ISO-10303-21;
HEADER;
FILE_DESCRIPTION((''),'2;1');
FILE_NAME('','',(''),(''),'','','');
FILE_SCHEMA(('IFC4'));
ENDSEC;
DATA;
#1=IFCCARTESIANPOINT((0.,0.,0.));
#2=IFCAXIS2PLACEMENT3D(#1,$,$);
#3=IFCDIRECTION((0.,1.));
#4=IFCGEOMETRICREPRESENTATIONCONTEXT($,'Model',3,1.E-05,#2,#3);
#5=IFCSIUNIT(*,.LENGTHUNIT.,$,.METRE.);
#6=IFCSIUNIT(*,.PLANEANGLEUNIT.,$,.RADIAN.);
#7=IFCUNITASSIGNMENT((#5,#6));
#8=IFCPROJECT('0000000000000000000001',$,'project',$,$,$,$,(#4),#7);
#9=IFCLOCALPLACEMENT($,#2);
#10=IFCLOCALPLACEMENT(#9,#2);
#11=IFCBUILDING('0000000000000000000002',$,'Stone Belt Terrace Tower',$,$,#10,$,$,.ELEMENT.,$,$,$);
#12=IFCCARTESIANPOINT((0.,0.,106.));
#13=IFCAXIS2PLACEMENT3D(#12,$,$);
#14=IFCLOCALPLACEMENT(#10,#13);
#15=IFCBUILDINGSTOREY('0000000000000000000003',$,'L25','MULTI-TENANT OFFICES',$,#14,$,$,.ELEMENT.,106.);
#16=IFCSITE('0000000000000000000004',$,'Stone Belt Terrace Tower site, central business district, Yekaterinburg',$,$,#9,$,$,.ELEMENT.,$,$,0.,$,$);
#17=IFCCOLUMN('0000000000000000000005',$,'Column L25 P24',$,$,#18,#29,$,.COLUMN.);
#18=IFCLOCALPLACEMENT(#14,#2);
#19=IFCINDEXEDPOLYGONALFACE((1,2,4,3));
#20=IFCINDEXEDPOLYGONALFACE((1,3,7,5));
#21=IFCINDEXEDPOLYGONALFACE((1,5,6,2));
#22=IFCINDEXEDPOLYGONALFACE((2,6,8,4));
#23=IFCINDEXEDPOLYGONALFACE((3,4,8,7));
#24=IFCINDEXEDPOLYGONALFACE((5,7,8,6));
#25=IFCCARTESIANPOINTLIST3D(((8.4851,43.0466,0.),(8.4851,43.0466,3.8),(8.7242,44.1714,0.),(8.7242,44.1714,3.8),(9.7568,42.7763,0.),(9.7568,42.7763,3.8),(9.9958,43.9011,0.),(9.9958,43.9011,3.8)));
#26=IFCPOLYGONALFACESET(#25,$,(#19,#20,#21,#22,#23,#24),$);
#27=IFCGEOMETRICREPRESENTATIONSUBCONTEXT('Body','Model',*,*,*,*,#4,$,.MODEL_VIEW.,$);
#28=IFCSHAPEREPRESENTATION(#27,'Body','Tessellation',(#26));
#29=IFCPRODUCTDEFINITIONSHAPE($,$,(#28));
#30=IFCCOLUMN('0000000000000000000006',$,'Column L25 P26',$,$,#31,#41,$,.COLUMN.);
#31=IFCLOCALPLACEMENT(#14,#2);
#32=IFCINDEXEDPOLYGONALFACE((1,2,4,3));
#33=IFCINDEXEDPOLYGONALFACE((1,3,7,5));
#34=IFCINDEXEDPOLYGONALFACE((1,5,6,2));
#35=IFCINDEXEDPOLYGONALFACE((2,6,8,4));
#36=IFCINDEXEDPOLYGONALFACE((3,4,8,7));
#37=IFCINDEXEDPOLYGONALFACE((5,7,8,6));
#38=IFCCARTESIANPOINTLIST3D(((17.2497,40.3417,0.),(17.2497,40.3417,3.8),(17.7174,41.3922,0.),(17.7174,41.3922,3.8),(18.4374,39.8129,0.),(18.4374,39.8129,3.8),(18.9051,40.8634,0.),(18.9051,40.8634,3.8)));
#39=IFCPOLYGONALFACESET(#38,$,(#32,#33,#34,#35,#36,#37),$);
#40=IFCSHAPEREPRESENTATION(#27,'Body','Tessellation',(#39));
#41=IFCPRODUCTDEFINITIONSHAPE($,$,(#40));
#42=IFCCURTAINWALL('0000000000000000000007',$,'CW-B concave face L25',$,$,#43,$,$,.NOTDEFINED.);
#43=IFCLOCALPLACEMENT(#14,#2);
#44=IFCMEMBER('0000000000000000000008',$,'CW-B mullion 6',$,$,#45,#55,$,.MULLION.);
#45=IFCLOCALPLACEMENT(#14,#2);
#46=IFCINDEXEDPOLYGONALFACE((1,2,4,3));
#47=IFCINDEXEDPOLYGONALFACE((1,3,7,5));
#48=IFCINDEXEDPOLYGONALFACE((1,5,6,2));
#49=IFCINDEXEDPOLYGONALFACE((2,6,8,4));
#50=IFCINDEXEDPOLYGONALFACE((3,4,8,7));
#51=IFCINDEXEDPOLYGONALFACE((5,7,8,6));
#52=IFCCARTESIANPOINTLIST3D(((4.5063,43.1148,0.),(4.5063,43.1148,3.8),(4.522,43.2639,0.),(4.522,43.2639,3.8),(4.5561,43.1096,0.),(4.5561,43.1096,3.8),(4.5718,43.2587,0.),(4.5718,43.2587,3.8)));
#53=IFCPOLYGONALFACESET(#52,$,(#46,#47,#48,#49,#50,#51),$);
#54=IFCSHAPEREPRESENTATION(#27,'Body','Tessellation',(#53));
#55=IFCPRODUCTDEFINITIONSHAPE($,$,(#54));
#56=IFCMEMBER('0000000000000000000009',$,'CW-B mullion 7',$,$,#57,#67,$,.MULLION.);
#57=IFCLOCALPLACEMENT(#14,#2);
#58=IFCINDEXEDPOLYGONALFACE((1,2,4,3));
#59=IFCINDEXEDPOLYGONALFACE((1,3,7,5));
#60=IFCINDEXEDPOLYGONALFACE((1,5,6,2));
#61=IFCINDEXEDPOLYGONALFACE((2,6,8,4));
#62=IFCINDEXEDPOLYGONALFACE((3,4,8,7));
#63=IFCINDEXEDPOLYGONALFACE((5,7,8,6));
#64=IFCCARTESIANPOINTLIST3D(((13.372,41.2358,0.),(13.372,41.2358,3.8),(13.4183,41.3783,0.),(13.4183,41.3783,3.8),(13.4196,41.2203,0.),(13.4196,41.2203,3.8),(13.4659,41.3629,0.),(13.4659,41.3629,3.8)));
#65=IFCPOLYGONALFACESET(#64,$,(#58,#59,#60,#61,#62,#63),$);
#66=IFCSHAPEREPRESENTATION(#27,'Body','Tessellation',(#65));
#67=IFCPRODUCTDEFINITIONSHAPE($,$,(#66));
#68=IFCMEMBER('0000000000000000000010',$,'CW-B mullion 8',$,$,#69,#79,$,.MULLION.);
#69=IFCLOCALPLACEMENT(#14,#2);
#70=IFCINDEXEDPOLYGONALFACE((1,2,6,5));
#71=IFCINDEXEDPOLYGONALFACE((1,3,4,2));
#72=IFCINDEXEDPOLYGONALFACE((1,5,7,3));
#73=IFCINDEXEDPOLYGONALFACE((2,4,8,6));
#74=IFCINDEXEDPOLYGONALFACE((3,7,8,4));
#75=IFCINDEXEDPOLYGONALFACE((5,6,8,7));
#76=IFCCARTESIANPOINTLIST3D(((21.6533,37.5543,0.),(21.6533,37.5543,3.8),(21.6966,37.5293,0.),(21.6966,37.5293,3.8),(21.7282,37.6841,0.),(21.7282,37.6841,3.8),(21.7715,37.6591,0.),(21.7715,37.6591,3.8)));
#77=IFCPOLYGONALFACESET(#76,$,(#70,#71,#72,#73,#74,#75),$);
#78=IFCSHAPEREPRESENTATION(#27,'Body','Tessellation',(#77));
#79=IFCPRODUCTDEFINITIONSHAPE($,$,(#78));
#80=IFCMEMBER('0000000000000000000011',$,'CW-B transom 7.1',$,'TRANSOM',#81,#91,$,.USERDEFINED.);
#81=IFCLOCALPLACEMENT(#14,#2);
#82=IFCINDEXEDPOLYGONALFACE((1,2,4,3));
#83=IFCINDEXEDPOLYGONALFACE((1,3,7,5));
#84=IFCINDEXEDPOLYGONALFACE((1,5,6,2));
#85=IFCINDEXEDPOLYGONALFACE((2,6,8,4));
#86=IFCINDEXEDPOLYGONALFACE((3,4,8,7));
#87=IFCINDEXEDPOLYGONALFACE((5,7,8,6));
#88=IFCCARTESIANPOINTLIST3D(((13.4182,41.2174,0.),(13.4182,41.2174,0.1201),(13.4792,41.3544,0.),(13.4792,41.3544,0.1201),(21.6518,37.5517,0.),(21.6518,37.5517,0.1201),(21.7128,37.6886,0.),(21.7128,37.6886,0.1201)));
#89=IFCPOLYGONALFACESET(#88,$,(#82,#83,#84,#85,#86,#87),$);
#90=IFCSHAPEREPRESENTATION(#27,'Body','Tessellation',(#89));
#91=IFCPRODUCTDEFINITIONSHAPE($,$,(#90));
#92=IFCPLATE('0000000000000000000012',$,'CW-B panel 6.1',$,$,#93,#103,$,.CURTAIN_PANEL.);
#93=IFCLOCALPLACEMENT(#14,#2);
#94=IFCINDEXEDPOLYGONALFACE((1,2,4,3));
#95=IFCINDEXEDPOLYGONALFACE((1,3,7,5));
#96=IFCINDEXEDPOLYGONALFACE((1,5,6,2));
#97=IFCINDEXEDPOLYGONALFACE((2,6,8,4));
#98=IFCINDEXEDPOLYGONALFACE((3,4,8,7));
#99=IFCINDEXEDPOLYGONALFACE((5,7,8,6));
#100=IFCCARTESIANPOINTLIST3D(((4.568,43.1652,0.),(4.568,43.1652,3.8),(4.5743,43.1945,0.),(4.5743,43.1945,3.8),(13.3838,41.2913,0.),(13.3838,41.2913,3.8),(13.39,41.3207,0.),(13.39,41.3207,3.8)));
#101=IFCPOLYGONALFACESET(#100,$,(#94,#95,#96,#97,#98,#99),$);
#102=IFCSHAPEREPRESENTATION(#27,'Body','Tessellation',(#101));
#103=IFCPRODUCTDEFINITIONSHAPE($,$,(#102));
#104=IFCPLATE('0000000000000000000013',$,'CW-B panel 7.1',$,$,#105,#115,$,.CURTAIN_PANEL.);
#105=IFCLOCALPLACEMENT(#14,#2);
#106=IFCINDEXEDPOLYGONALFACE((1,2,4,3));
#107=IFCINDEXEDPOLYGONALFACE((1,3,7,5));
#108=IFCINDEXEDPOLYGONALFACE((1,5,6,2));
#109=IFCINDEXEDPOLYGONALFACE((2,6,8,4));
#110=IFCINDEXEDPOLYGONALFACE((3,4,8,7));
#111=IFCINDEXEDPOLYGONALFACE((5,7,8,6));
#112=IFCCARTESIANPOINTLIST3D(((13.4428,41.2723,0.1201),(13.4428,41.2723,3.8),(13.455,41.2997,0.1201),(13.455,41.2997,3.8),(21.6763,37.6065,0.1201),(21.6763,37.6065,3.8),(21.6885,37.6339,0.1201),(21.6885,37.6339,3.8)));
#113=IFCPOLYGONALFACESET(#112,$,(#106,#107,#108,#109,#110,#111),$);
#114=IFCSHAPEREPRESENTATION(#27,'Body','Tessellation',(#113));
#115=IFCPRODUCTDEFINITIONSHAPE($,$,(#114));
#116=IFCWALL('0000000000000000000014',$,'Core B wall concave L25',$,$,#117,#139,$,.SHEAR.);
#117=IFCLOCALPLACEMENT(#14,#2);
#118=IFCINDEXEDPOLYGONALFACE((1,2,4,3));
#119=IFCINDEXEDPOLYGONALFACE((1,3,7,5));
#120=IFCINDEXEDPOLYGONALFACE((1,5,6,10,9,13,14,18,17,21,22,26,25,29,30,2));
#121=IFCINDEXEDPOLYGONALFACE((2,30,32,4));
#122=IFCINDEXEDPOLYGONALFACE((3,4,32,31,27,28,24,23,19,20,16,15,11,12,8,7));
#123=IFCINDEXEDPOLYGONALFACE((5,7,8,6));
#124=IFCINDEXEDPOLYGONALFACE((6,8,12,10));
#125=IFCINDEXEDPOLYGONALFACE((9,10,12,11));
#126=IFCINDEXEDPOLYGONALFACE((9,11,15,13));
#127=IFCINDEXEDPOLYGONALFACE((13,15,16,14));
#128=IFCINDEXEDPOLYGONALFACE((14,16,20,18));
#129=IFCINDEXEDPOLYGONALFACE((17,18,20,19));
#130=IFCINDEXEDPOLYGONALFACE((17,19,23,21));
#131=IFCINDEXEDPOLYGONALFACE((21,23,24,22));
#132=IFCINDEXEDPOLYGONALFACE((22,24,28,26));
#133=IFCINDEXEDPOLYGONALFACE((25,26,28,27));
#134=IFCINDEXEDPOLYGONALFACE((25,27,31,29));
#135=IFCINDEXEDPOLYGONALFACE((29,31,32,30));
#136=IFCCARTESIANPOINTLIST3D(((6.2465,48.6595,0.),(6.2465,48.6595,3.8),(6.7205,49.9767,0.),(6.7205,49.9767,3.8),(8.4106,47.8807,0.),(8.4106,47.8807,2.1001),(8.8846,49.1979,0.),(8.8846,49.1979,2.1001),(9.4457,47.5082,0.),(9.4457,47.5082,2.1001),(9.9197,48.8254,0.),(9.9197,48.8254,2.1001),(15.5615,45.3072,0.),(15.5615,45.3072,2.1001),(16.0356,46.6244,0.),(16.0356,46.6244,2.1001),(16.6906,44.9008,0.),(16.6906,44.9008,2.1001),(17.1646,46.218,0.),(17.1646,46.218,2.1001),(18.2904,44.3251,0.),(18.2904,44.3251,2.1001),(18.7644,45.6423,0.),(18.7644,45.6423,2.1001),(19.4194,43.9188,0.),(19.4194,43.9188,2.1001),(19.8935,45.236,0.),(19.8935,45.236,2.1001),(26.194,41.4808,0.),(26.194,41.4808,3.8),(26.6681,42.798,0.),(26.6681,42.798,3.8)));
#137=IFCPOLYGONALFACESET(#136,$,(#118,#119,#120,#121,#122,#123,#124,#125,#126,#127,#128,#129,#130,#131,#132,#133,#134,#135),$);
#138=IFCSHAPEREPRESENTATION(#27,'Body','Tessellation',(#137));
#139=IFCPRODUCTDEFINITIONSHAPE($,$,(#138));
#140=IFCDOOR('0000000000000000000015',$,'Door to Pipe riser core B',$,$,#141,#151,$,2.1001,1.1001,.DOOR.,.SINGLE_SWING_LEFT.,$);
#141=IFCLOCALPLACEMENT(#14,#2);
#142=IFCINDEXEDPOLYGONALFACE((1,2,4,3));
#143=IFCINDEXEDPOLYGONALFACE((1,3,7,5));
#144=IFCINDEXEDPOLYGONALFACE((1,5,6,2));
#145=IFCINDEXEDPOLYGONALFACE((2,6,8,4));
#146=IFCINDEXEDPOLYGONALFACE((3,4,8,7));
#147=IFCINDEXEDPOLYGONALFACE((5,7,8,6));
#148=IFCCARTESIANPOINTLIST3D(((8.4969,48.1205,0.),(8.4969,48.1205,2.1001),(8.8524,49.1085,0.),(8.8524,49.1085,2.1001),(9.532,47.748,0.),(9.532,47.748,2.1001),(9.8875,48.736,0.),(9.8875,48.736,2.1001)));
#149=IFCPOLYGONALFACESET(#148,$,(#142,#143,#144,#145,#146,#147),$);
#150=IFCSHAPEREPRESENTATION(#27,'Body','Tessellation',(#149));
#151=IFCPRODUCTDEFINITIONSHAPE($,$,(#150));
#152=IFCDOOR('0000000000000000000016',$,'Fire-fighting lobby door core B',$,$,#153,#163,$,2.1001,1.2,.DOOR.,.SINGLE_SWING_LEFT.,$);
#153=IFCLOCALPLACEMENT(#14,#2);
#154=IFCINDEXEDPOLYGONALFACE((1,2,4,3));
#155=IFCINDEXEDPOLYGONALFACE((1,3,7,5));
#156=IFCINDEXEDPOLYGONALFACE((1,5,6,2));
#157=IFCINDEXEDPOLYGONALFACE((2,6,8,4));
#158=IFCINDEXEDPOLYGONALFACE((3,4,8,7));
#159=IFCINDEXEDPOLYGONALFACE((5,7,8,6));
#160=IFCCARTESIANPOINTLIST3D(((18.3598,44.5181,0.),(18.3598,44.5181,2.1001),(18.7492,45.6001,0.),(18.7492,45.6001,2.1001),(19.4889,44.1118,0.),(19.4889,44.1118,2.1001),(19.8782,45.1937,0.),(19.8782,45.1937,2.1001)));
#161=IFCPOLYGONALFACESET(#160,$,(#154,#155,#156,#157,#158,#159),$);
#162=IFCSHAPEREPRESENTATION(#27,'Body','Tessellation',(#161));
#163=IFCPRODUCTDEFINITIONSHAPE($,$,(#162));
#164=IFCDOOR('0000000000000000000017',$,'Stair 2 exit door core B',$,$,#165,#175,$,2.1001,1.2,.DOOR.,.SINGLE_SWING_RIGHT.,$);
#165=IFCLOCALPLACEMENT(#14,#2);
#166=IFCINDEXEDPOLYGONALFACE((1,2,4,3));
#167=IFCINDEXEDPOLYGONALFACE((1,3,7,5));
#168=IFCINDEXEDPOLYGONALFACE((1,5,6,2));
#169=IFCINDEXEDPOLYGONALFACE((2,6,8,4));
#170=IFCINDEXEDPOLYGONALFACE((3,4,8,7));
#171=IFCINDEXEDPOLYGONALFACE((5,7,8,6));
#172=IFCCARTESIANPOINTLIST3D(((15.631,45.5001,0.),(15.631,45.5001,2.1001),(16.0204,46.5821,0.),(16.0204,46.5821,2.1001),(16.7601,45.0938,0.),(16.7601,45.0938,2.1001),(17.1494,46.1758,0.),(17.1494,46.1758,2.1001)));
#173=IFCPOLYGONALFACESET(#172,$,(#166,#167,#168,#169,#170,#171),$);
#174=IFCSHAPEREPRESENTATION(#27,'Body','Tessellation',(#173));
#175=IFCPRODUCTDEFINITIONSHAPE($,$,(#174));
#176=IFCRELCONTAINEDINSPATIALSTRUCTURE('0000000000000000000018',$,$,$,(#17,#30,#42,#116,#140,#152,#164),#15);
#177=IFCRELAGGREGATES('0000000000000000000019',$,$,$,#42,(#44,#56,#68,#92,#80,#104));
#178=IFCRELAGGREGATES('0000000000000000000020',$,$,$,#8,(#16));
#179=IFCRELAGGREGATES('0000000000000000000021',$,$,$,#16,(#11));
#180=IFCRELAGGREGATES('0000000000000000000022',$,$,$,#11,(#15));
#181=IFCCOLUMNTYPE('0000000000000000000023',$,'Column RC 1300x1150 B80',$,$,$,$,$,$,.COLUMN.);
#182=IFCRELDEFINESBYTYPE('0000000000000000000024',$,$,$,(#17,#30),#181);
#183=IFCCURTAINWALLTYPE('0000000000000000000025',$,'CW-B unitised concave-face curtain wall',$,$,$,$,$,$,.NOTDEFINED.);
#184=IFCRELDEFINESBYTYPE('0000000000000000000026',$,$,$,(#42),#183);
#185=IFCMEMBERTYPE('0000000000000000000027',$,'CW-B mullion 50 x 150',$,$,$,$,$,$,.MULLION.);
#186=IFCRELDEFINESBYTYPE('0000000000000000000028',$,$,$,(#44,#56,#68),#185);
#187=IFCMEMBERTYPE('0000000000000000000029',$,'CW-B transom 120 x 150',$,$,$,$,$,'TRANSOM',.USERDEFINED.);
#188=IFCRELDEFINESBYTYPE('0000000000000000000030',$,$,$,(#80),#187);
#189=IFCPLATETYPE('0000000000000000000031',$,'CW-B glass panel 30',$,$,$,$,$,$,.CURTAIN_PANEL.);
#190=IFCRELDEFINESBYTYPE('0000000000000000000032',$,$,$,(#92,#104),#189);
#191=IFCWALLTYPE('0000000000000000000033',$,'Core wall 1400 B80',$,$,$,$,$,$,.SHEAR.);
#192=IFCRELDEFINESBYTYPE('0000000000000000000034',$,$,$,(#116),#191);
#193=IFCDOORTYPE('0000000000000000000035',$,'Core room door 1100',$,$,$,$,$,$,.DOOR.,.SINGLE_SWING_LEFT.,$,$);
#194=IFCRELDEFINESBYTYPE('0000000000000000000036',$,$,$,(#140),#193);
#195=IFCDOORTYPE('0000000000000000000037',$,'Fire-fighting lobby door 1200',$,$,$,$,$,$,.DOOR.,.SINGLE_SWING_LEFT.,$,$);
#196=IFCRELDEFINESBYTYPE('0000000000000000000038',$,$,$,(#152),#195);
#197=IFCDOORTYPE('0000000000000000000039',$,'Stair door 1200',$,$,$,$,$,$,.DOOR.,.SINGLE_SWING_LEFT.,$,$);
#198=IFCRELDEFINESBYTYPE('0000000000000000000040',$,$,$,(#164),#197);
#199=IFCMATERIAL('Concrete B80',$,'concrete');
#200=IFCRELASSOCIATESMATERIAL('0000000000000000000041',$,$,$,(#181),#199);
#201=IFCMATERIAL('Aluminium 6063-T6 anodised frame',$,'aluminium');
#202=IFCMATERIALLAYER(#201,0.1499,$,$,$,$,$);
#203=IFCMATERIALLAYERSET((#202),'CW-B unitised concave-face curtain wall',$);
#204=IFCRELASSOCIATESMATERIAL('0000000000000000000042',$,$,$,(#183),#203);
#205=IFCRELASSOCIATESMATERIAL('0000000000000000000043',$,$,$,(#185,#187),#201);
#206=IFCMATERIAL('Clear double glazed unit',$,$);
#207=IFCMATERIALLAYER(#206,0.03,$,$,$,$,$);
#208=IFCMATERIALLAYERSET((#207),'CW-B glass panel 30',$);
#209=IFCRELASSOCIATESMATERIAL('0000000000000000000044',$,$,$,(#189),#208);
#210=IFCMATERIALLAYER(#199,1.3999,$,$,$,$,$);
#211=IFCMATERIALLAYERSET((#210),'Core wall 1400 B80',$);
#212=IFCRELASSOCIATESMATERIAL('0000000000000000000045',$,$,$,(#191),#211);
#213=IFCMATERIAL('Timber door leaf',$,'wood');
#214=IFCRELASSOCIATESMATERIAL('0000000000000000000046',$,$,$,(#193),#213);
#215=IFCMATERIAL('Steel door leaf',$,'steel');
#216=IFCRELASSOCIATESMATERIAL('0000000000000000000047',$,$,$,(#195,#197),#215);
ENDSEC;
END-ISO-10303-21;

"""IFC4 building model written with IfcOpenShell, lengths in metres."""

from ifc_helpers import new_model, si_unit, direction, frame, frame_2d, origin, origin_2d, place, context, subcontext, project, spatial, rectangle, extrude, material, layer, layer_set, material_profile, profile_set, type_object, element, fill, aggregate, save


model = new_model("IFC4")

# Units and contexts
model_context = context("Model", 3, precision=1e-05, world=origin(), true_north=direction((0.0, 1.0)))
body_context = subcontext(model_context, "Body", "Model", "MODEL_VIEW")
ifc_project = project(units=[si_unit("LENGTHUNIT", "METRE"), si_unit("PLANEANGLEUNIT", "RADIAN")], contexts=[model_context])

# Site, building, storey
site_placement = place(None, origin())
site = spatial("IfcSite", under=ifc_project, at=site_placement, Name="Stone Belt Terrace Tower site, central business district, Yekaterinburg", CompositionType="ELEMENT", RefElevation=0.0)
building_placement = place(site_placement, origin())
building = spatial("IfcBuilding", under=site, at=building_placement, Name="Stone Belt Terrace Tower", CompositionType="ELEMENT")
storey_placement = place(building_placement, frame((0.0, 0.0, 106.0)))
storey = spatial("IfcBuildingStorey", under=building, at=storey_placement, Name="L25", Description="MULTI-TENANT OFFICES", CompositionType="ELEMENT", Elevation=106.0)

# Columns
ifc_material_1 = material(Name="Concrete B80", Category="concrete")
ifc_material_profile_1 = material_profile(ifc_material_1, rectangle(XDim=1.3, YDim=1.1499, at=origin_2d()), Name="RC 1300x1150")
ifc_profile_set_1 = profile_set([ifc_material_profile_1], Name="Concrete B80")
column_type = type_object("IfcColumnType", Name="Column RC 1300x1150 B80", PredefinedType="COLUMN", material=ifc_profile_set_1)
for number, where, z_axis, x_axis, name in (
    (1, (9.2405, 43.4739, 0.0), (0.0, 0.0, 1.0), (0.978148, -0.207912, 0.0), "Column L25 P24"),
    (2, (18.0774, 40.6025, 0.0), (0.0, 0.0, 1.0), (0.913545, -0.406737, 0.0), "Column L25 P26"),
):
    element("IfcColumn", number, at=place(storey_placement, frame(where, z_axis=z_axis, x_axis=x_axis)), inside=storey, type_object=column_type, Name=name, PredefinedType="COLUMN", context=body_context, shape_type="SweptSolid", body=[
        extrude(rectangle(XDim=1.3, YDim=1.1499, at=origin_2d()), origin(), (0.0, 0.0, 1.0), 3.8),
    ])

# Curtain wall, members, plates
ifc_material_2 = material(Name="Aluminium 6063-T6 anodised frame", Category="aluminium")
ifc_layer_1 = layer(ifc_material_2, 0.1499)
ifc_layer_set_1 = layer_set([ifc_layer_1], Name="CW-B unitised concave-face curtain wall")
curtain_wall_type = type_object("IfcCurtainWallType", Name="CW-B unitised concave-face curtain wall", PredefinedType="NOTDEFINED", material=ifc_layer_set_1)
curtain_wall_placement = place(storey_placement, origin())
curtain_wall = element("IfcCurtainWall", 3, at=curtain_wall_placement, inside=storey, type_object=curtain_wall_type, Name="CW-B concave face L25", PredefinedType="NOTDEFINED")
ifc_material_profile_2 = material_profile(ifc_material_2, rectangle(XDim=0.1499, YDim=0.05, at=origin_2d()), Name="Aluminium 6063-T6 50x150")
ifc_profile_set_2 = profile_set([ifc_material_profile_2], Name="Aluminium 6063-T6 anodised frame")
member_type_1 = type_object("IfcMemberType", Name="CW-B mullion 50 x 150", PredefinedType="MULLION", material=ifc_profile_set_2)
member_1_placement = place(storey_placement, frame((4.5391, 43.1868, 0.0), z_axis=(0.0, 0.0, 1.0), x_axis=(0.104528, 0.994522, 0.0)))
member_1 = element("IfcMember", 4, at=member_1_placement, type_object=member_type_1, Name="CW-B mullion 6", PredefinedType="MULLION", context=body_context, shape_type="SweptSolid", body=[
    extrude(rectangle(XDim=0.1499, YDim=0.05, at=origin_2d()), origin(), (0.0, 0.0, 1.0), 3.8),
])
member_2_placement = place(storey_placement, frame((13.4189, 41.2993, 0.0), z_axis=(0.0, 0.0, 1.0), x_axis=(0.309017, 0.951057, 0.0)))
member_2 = element("IfcMember", 5, at=member_2_placement, type_object=member_type_1, Name="CW-B mullion 7", PredefinedType="MULLION", context=body_context, shape_type="SweptSolid", body=[
    extrude(rectangle(XDim=0.1499, YDim=0.05, at=origin_2d()), origin(), (0.0, 0.0, 1.0), 3.8),
])
member_3_placement = place(storey_placement, frame((21.7124, 37.6067, 0.0), z_axis=(0.0, 0.0, 1.0), x_axis=(0.5, 0.866025, 0.0)))
member_3 = element("IfcMember", 6, at=member_3_placement, type_object=member_type_1, Name="CW-B mullion 8", PredefinedType="MULLION", context=body_context, shape_type="SweptSolid", body=[
    extrude(rectangle(XDim=0.1499, YDim=0.05, at=origin_2d()), origin(), (0.0, 0.0, 1.0), 3.8),
])
ifc_material_profile_3 = material_profile(ifc_material_2, rectangle(XDim=0.1499, YDim=0.1201, at=origin_2d()), Name="Aluminium 6063-T6 150x120")
ifc_profile_set_3 = profile_set([ifc_material_profile_3], Name="Aluminium 6063-T6 anodised frame")
member_type_2 = type_object("IfcMemberType", Name="CW-B transom 120 x 150", ElementType="TRANSOM", PredefinedType="USERDEFINED", material=ifc_profile_set_3)
member_4_placement = place(storey_placement, frame((13.4487, 41.2859, 0.0601), z_axis=(0.913549, -0.406729, 0.0), x_axis=(0.406729, 0.913549, 0.0)))
member_4 = element("IfcMember", 7, at=member_4_placement, type_object=member_type_2, Name="CW-B transom 7.1", ObjectType="TRANSOM", PredefinedType="USERDEFINED", context=body_context, shape_type="SweptSolid", body=[
    extrude(rectangle(XDim=0.1499, YDim=0.1201, at=origin_2d()), origin(), (0.0, 0.0, 1.0), 9.0127),
])
ifc_material_3 = material(Name="Clear double glazed unit")
ifc_layer_2 = layer(ifc_material_3, 0.03)
ifc_layer_set_2 = layer_set([ifc_layer_2], Name="CW-B glass panel 30")
plate_type = type_object("IfcPlateType", Name="CW-B glass panel 30", PredefinedType="CURTAIN_PANEL", material=ifc_layer_set_2)
plate_1_placement = place(storey_placement, frame((8.979, 42.2429, 0.0), z_axis=(0.0, 0.0, 1.0), x_axis=(0.978148, -0.207912, 0.0)))
plate_1 = element("IfcPlate", 8, at=plate_1_placement, type_object=plate_type, Name="CW-B panel 6.1", PredefinedType="CURTAIN_PANEL", context=body_context, shape_type="SweptSolid", body=[
    extrude(rectangle(XDim=9.0127, YDim=0.03, at=origin_2d()), origin(), (0.0, 0.0, 1.0), 3.8),
])
plate_2_placement = place(storey_placement, frame((17.5657, 39.4531, 0.1201), z_axis=(0.0, 0.0, 1.0), x_axis=(0.913545, -0.406737, 0.0)))
plate_2 = element("IfcPlate", 9, at=plate_2_placement, type_object=plate_type, Name="CW-B panel 7.1", PredefinedType="CURTAIN_PANEL", context=body_context, shape_type="SweptSolid", body=[
    extrude(rectangle(XDim=9.0127, YDim=0.03, at=origin_2d()), origin(), (0.0, 0.0, 1.0), 3.6799),
])
aggregate(curtain_wall, [member_1, member_2, member_3, plate_1, member_4, plate_2])

# Wall, openings, doors
ifc_layer_3 = layer(ifc_material_1, 1.3999)
ifc_layer_set_3 = layer_set([ifc_layer_3], Name="Core wall 1400 B80")
wall_type_1 = type_object("IfcWallType", Name="Core wall 1400 B80", PredefinedType="SHEAR", material=ifc_layer_set_3)
wall_1_placement = place(storey_placement, frame((6.4834, 49.3181, 0.0), z_axis=(0.0, 0.0, 1.0), x_axis=(0.940923, -0.33862, 0.0)))
wall_1 = element("IfcWall", 10, at=wall_1_placement, inside=storey, type_object=wall_type_1, Name="Core B wall concave L25", PredefinedType="SHEAR", context=body_context, shape_type="SweptSolid", body=[
    extrude(rectangle(XDim=21.2, YDim=1.3999, at=frame_2d((10.6001, 0.0))), origin(), (0.0, 0.0, 1.0), 3.8),
])
opening_1_placement = place(wall_1_placement, frame((12.8, 0.0, 0.0)))
opening_1 = element("IfcOpeningElement", 11, at=opening_1_placement, cuts=wall_1, PredefinedType="OPENING", context=body_context, shape_type="SweptSolid", body=[
    extrude(rectangle(XDim=1.2, YDim=2.1001, at=frame_2d((0.6001, 1.05))), frame((0.0, 0.71, 0.0), z_axis=(0.0, -1.0, 0.0), x_axis=(1.0, 0.0, 0.0)), (0.0, 0.0, 1.0), 1.4199),
])
opening_2_placement = place(wall_1_placement, frame((9.8999, 0.0, 0.0)))
opening_2 = element("IfcOpeningElement", 12, at=opening_2_placement, cuts=wall_1, PredefinedType="OPENING", context=body_context, shape_type="SweptSolid", body=[
    extrude(rectangle(XDim=1.2, YDim=2.1001, at=frame_2d((0.6001, 1.05))), frame((0.0, 0.71, 0.0), z_axis=(0.0, -1.0, 0.0), x_axis=(1.0, 0.0, 0.0)), (0.0, 0.0, 1.0), 1.4199),
])
opening_3_placement = place(wall_1_placement, frame((2.3, 0.0, 0.0)))
opening_3 = element("IfcOpeningElement", 13, at=opening_3_placement, cuts=wall_1, PredefinedType="OPENING", context=body_context, shape_type="SweptSolid", body=[
    extrude(rectangle(XDim=1.1001, YDim=2.1001, at=frame_2d((0.55, 1.05))), frame((0.0, 0.71, 0.0), z_axis=(0.0, -1.0, 0.0), x_axis=(1.0, 0.0, 0.0)), (0.0, 0.0, 1.0), 1.4199),
])
ifc_material_4 = material(Name="Timber door leaf", Category="wood")
door_type_1 = type_object("IfcDoorType", Name="Core room door 1100", OperationType="SINGLE_SWING_LEFT", PredefinedType="DOOR", material=ifc_material_4)
door_1_placement = place(opening_3_placement, origin())
door_1 = element("IfcDoor", 14, at=door_1_placement, inside=storey, type_object=door_type_1, Name="Door to Pipe riser core B", OperationType="SINGLE_SWING_LEFT", OverallHeight=2.1001, OverallWidth=1.1001, PredefinedType="DOOR", context=body_context, shape_type="SweptSolid", body=[
    extrude(rectangle(XDim=1.1001, YDim=2.1001, at=frame_2d((0.55, 1.05))), frame((0.0, 0.605, 0.0), z_axis=(0.0, -1.0, 0.0), x_axis=(1.0, 0.0, 0.0)), (0.0, 0.0, 1.0), 1.05),
])
fill(opening_3, door_1)
ifc_material_5 = material(Name="Steel door leaf", Category="steel")
door_type_2 = type_object("IfcDoorType", Name="Fire-fighting lobby door 1200", OperationType="SINGLE_SWING_LEFT", PredefinedType="DOOR", material=ifc_material_5)
door_2_placement = place(opening_1_placement, origin())
door_2 = element("IfcDoor", 15, at=door_2_placement, inside=storey, type_object=door_type_2, Name="Fire-fighting lobby door core B", OperationType="SINGLE_SWING_LEFT", OverallHeight=2.1001, OverallWidth=1.2, PredefinedType="DOOR", context=body_context, shape_type="SweptSolid", body=[
    extrude(rectangle(XDim=1.2, YDim=2.1001, at=frame_2d((0.6001, 1.05))), frame((0.0, 0.655, 0.0), z_axis=(0.0, -1.0, 0.0), x_axis=(1.0, 0.0, 0.0)), (0.0, 0.0, 1.0), 1.1499),
])
fill(opening_1, door_2)
door_type_3 = type_object("IfcDoorType", Name="Stair door 1200", OperationType="SINGLE_SWING_LEFT", PredefinedType="DOOR", material=ifc_material_5)
door_3_placement = place(opening_2_placement, origin())
door_3 = element("IfcDoor", 16, at=door_3_placement, inside=storey, type_object=door_type_3, Name="Stair 2 exit door core B", OperationType="SINGLE_SWING_RIGHT", OverallHeight=2.1001, OverallWidth=1.2, PredefinedType="DOOR", context=body_context, shape_type="SweptSolid", body=[
    extrude(rectangle(XDim=1.2, YDim=2.1001, at=frame_2d((0.6001, 1.05))), frame((0.0, 0.655, 0.0), z_axis=(0.0, -1.0, 0.0), x_axis=(1.0, 0.0, 0.0)), (0.0, 0.0, 1.0), 1.1499),
])
fill(opening_2, door_3)

save(model, "model.ifc")
